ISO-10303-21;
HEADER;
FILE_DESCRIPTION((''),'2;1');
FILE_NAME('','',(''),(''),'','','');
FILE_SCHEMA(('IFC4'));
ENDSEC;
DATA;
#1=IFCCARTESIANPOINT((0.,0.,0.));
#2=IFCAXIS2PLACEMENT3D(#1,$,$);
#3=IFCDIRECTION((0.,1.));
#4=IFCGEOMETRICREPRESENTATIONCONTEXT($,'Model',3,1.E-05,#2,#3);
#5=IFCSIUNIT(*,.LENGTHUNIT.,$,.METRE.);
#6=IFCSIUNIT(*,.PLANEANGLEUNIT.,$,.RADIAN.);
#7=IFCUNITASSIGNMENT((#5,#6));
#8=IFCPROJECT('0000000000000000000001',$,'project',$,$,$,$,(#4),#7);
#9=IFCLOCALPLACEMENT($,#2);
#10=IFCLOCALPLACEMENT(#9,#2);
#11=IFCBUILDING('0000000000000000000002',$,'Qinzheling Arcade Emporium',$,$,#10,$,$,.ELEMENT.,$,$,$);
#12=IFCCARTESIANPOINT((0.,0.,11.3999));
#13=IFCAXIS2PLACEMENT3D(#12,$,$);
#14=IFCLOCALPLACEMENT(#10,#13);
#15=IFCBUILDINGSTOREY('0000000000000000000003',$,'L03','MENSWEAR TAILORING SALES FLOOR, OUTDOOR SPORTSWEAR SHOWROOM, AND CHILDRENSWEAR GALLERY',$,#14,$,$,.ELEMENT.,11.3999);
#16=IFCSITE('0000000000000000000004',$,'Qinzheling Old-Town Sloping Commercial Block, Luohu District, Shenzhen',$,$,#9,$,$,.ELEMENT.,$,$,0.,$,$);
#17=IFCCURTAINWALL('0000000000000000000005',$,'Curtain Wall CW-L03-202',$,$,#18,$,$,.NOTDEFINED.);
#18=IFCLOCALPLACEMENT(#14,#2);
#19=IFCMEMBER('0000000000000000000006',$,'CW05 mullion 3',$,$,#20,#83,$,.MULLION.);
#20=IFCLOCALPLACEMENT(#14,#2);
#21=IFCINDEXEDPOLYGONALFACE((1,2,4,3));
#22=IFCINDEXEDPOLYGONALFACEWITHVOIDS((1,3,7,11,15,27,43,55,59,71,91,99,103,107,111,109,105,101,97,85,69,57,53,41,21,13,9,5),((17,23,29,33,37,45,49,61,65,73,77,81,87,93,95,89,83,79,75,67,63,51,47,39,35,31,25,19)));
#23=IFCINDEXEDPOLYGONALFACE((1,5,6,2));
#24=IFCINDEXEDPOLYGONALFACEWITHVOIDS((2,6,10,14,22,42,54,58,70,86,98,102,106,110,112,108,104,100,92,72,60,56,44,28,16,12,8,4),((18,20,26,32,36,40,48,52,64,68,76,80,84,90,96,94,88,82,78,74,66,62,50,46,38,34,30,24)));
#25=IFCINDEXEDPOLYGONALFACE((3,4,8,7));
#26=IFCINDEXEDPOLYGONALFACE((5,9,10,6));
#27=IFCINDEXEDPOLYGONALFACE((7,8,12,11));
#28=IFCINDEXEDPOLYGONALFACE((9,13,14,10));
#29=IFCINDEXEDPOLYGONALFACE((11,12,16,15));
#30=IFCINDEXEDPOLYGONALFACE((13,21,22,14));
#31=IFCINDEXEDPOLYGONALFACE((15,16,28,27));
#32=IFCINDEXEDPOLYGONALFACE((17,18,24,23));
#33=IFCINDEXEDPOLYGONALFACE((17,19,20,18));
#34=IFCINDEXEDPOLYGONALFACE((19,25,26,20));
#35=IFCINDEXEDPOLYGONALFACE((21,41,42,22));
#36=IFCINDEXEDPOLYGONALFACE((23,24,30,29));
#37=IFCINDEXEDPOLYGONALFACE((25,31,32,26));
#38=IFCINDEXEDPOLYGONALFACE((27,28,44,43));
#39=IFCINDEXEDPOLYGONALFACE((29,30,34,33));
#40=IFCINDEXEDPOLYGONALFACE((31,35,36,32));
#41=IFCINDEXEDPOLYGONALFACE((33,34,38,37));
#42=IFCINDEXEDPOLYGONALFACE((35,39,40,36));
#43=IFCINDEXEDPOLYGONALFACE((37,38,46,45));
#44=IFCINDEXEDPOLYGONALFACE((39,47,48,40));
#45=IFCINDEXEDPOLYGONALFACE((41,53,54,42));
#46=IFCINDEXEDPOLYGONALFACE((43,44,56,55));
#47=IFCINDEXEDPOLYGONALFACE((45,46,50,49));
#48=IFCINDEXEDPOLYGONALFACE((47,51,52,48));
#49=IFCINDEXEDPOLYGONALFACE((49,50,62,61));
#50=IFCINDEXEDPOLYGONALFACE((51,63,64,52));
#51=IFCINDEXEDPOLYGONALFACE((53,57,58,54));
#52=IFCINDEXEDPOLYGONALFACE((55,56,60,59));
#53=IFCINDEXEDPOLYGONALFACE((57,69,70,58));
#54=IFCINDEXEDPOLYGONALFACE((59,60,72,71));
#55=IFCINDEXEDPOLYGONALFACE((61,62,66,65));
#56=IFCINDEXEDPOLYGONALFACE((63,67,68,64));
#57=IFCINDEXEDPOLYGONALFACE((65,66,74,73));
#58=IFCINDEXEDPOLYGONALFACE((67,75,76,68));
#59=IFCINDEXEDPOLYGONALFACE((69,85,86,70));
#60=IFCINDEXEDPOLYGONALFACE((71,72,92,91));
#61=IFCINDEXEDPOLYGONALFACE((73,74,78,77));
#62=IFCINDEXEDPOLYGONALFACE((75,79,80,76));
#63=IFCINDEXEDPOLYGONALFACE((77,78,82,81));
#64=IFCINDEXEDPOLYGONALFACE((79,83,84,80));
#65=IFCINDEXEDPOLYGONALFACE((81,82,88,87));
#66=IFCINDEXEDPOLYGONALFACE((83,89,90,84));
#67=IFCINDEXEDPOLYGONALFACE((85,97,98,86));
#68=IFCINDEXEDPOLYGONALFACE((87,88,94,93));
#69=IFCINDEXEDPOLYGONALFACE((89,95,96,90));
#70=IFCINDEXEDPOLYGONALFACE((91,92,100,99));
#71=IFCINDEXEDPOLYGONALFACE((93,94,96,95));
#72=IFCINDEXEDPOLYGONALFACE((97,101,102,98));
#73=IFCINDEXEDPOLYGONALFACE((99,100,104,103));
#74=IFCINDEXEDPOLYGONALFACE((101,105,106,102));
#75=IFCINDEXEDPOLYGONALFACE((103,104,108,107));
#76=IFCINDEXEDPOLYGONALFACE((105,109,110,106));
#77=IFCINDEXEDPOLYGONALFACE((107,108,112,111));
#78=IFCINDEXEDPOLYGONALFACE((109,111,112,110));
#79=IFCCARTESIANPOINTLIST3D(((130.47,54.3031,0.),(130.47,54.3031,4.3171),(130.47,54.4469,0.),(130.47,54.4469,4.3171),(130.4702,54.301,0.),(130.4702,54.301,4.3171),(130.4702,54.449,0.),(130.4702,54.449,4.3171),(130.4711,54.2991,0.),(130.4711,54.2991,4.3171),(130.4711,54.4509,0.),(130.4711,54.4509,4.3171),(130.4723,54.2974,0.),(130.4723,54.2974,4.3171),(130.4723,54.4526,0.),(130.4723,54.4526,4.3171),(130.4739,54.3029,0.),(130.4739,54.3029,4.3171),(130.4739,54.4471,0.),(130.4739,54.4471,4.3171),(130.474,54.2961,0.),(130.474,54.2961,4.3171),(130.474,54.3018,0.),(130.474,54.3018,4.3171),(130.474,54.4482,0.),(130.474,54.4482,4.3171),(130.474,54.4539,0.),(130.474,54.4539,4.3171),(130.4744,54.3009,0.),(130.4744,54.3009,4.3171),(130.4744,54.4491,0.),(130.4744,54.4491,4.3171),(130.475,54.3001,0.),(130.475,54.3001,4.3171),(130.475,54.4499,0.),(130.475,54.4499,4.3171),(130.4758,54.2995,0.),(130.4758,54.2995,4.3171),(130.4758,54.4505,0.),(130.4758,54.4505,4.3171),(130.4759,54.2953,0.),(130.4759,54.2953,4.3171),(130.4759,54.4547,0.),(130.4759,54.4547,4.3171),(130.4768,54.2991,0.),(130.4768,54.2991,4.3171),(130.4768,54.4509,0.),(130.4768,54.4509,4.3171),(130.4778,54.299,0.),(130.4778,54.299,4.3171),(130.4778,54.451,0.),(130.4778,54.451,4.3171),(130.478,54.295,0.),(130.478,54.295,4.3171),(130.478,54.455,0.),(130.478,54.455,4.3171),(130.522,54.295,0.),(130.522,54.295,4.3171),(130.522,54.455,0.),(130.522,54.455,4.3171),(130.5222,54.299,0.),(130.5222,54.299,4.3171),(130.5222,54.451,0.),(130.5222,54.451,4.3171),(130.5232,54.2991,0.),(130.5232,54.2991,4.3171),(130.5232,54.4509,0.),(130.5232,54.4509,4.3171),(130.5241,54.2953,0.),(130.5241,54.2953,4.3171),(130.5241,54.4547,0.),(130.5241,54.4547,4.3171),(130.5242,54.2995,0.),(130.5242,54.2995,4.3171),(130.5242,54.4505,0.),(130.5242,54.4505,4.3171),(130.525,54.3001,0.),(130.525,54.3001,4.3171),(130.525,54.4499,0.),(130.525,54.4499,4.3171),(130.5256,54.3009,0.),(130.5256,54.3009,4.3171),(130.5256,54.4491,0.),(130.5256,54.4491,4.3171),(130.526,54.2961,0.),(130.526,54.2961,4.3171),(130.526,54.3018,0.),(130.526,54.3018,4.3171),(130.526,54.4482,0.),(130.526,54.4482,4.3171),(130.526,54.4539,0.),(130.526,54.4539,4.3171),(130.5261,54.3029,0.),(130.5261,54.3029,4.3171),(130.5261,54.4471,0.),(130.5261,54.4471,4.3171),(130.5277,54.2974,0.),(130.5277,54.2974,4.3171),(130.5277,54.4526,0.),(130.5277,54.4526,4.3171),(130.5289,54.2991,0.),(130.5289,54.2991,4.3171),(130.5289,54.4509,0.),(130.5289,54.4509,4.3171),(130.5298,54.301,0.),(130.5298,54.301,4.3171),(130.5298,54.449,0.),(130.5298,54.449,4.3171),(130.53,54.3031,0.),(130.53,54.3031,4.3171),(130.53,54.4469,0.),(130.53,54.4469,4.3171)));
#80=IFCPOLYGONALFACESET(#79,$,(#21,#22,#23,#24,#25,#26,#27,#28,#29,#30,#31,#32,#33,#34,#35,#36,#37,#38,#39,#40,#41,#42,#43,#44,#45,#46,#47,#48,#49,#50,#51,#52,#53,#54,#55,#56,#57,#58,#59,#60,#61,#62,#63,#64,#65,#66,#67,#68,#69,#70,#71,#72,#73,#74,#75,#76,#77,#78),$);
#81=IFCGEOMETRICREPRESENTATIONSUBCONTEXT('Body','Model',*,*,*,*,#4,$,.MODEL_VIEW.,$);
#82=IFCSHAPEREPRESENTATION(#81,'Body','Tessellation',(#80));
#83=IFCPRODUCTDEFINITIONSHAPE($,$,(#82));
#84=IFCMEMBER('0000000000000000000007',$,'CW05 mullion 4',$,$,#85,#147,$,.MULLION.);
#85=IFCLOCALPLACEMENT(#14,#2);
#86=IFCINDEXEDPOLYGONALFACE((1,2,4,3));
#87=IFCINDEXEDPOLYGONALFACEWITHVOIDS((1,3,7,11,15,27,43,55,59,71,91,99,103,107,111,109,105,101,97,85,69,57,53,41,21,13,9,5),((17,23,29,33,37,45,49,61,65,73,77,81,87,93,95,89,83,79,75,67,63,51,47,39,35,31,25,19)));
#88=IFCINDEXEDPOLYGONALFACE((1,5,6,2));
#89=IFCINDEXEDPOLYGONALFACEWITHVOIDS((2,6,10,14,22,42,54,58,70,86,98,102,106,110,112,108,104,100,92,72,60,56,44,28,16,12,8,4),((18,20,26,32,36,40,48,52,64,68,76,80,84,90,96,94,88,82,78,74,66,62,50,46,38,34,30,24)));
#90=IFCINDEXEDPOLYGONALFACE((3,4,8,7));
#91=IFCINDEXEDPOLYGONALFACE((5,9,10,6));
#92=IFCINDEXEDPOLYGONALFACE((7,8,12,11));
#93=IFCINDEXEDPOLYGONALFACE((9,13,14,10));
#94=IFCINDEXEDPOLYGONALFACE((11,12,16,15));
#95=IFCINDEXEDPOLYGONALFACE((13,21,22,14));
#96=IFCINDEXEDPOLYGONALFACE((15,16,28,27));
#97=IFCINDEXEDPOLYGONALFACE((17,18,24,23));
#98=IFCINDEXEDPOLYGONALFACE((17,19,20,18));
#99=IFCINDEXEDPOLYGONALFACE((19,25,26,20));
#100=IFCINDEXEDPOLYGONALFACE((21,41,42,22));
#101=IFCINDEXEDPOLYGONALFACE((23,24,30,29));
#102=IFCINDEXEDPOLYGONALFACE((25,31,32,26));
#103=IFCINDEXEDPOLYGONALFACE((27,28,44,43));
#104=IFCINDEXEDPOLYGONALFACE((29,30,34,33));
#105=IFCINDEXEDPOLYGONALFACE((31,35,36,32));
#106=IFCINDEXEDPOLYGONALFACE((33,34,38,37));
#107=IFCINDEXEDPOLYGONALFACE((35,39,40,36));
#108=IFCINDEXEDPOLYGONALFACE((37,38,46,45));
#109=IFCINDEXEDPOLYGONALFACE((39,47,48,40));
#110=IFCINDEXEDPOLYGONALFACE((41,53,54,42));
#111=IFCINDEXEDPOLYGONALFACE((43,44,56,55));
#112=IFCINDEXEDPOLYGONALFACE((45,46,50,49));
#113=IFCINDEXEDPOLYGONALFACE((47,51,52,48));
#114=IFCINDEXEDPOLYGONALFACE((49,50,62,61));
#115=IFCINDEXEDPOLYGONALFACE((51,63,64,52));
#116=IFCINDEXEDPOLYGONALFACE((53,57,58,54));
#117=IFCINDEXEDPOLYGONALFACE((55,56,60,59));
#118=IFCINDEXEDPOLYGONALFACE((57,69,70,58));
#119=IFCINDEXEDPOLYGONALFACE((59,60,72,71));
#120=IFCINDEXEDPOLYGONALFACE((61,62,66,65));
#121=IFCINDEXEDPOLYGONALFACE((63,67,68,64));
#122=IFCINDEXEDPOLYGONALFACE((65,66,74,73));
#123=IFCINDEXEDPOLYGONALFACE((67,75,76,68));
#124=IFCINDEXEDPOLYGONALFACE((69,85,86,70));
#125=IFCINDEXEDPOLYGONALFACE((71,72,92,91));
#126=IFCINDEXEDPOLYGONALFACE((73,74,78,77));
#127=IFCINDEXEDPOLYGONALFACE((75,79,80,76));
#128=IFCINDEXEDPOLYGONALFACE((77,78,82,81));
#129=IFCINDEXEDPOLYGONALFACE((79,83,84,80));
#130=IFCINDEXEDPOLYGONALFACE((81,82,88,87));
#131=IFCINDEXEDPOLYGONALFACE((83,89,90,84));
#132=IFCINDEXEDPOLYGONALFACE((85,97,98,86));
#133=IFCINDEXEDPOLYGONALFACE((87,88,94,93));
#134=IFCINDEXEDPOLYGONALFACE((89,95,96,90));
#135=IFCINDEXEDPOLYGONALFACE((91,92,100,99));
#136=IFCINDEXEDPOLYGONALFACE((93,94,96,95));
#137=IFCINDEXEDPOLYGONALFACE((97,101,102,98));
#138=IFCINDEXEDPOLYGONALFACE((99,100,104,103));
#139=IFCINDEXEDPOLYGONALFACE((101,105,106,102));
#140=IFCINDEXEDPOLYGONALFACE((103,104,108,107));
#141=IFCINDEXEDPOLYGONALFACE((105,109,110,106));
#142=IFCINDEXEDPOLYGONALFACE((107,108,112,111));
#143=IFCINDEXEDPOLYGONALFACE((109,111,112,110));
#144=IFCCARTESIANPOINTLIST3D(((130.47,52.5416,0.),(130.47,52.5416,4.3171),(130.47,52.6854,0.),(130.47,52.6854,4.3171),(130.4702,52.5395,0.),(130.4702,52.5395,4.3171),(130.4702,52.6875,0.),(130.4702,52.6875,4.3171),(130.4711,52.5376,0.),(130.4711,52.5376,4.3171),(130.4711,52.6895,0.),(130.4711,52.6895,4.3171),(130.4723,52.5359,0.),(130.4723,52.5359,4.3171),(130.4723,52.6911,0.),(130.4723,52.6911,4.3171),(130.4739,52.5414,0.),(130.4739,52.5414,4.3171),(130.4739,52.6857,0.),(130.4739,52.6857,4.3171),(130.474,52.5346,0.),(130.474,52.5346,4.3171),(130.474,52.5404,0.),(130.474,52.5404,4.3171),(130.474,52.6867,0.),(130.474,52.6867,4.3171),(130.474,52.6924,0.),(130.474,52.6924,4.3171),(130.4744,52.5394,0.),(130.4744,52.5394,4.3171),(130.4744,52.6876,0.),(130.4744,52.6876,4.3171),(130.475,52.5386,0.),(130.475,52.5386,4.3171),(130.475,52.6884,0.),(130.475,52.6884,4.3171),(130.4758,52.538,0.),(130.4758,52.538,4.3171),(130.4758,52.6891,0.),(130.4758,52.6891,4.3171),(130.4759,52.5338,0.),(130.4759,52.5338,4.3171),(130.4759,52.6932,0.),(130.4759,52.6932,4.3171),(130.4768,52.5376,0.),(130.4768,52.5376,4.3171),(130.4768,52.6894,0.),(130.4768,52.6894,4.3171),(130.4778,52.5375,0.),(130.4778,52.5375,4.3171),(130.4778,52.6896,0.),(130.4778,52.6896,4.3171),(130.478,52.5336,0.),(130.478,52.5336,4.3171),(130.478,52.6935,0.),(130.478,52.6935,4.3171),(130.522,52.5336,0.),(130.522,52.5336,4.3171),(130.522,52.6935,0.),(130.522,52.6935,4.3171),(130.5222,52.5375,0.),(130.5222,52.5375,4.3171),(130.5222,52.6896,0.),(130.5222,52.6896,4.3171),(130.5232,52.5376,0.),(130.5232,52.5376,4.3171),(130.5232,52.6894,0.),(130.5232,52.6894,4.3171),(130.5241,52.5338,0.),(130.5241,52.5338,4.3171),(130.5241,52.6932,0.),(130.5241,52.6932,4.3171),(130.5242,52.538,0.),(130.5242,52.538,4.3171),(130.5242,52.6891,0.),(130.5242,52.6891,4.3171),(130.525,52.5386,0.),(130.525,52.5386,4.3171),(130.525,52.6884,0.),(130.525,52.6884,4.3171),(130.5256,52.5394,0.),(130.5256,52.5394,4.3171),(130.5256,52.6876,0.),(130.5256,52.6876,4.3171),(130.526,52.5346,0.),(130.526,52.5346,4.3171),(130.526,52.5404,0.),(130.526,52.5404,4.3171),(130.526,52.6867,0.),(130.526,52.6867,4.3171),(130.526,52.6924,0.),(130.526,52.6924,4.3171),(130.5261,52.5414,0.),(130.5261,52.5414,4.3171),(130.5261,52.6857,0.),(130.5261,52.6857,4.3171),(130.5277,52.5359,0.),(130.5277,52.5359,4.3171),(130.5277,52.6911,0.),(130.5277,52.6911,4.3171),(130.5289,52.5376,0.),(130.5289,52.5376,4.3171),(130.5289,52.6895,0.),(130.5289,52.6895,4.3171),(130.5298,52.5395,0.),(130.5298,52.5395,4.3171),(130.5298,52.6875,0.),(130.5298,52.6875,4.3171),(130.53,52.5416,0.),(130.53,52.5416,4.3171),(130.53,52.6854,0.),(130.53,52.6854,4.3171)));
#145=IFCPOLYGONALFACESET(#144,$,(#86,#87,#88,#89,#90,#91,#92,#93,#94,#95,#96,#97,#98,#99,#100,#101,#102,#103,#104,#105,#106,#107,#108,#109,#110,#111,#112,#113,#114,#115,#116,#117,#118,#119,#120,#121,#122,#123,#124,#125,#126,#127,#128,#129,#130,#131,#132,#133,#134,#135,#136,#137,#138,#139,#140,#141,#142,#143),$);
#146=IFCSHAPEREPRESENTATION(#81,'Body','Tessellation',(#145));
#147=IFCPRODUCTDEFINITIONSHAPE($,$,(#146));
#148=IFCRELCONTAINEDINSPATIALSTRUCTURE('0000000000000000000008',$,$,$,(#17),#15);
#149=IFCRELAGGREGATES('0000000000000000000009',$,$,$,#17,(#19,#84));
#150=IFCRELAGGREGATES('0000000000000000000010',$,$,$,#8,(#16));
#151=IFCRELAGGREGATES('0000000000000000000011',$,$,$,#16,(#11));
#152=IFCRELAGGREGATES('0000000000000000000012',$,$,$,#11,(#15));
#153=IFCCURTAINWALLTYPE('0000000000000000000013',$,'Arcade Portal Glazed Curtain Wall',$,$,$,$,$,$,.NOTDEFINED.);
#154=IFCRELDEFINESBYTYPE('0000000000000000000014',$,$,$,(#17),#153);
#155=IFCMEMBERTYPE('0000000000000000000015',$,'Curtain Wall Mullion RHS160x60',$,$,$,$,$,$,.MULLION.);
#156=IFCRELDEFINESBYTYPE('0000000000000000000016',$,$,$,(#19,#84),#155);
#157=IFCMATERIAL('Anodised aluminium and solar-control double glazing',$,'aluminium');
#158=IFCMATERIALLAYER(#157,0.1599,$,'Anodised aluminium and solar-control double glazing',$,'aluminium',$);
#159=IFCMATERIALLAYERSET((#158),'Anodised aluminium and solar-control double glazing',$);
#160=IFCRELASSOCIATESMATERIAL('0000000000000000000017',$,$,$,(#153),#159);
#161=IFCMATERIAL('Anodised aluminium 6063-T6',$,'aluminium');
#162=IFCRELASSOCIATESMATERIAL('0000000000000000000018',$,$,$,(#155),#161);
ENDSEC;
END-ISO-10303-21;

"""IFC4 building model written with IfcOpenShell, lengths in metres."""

from ifc_helpers import new_model, si_unit, direction, frame, origin, origin_2d, place, context, subcontext, project, spatial, hollow_rectangle, extrude, material, layer, layer_set, material_profile, profile_set, type_object, element, aggregate, save


model = new_model("IFC4")

# Units and contexts
model_context = context("Model", 3, precision=1e-05, world=origin(), true_north=direction((0.0, 1.0)))
body_context = subcontext(model_context, "Body", "Model", "MODEL_VIEW")
ifc_project = project(units=[si_unit("LENGTHUNIT", "METRE"), si_unit("PLANEANGLEUNIT", "RADIAN")], contexts=[model_context])

# Site, building, storey
site_placement = place(None, origin())
site = spatial("IfcSite", under=ifc_project, at=site_placement, Name="Qinzheling Old-Town Sloping Commercial Block, Luohu District, Shenzhen", CompositionType="ELEMENT", RefElevation=0.0)
building_placement = place(site_placement, origin())
building = spatial("IfcBuilding", under=site, at=building_placement, Name="Qinzheling Arcade Emporium", CompositionType="ELEMENT")
storey_placement = place(building_placement, frame((0.0, 0.0, 11.3999)))
storey = spatial("IfcBuildingStorey", under=building, at=storey_placement, Name="L03", Description="MENSWEAR TAILORING SALES FLOOR, OUTDOOR SPORTSWEAR SHOWROOM, AND CHILDRENSWEAR GALLERY", CompositionType="ELEMENT", Elevation=11.3999)

# Shared definitions
ifc_material_1 = material(Name="Anodised aluminium and solar-control double glazing", Category="aluminium")
ifc_layer_1 = layer(ifc_material_1, 0.1599, Name="Anodised aluminium and solar-control double glazing", Category="aluminium")
ifc_layer_set_1 = layer_set([ifc_layer_1], Name="Anodised aluminium and solar-control double glazing")
curtain_wall_type = type_object("IfcCurtainWallType", Name="Arcade Portal Glazed Curtain Wall", PredefinedType="NOTDEFINED", material=ifc_layer_set_1)
ifc_material_2 = material(Name="Anodised aluminium 6063-T6", Category="aluminium")
ifc_material_profile_1 = material_profile(ifc_material_2, hollow_rectangle(XDim=0.0601, YDim=0.1599, WallThickness=0.0039, InnerFilletRadius=0.0039, OuterFilletRadius=0.0081, at=origin_2d()), Name="RHS 160x60x4", Category="aluminium")
ifc_profile_set_1 = profile_set([ifc_material_profile_1], Name="Anodised aluminium 6063-T6")
member_type_1 = type_object("IfcMemberType", Name="Curtain Wall Mullion RHS160x60", PredefinedType="MULLION", material=ifc_profile_set_1)

# Curtain wall, members
curtain_wall_1_placement = place(storey_placement, origin())
curtain_wall_1 = element("IfcCurtainWall", 1, at=curtain_wall_1_placement, inside=storey, type_object=curtain_wall_type, Name="Curtain Wall CW-L03-202", PredefinedType="NOTDEFINED")
member_1_placement = place(storey_placement, frame((130.5, 54.375, 0.0), z_axis=(0.0, 0.0, 1.0), x_axis=(1.0, 0.0, 0.0)))
member_1 = element("IfcMember", 2, at=member_1_placement, type_object=member_type_1, Name="CW05 mullion 3", PredefinedType="MULLION", context=body_context, shape_type="SweptSolid", body=[
    extrude(hollow_rectangle(XDim=0.0601, YDim=0.1599, WallThickness=0.0039, InnerFilletRadius=0.0039, OuterFilletRadius=0.0081, at=origin_2d()), origin(), (0.0, 0.0, 1.0), 4.3171),
])
member_2_placement = place(storey_placement, frame((130.5, 52.6135, 0.0), z_axis=(0.0, 0.0, 1.0), x_axis=(1.0, 0.0, 0.0)))
member_2 = element("IfcMember", 3, at=member_2_placement, type_object=member_type_1, Name="CW05 mullion 4", PredefinedType="MULLION", context=body_context, shape_type="SweptSolid", body=[
    extrude(hollow_rectangle(XDim=0.0601, YDim=0.1599, WallThickness=0.0039, InnerFilletRadius=0.0039, OuterFilletRadius=0.0081, at=origin_2d()), origin(), (0.0, 0.0, 1.0), 4.3171),
])

aggregate(curtain_wall_1, [member_1, member_2])

save(model, "model.ifc")
